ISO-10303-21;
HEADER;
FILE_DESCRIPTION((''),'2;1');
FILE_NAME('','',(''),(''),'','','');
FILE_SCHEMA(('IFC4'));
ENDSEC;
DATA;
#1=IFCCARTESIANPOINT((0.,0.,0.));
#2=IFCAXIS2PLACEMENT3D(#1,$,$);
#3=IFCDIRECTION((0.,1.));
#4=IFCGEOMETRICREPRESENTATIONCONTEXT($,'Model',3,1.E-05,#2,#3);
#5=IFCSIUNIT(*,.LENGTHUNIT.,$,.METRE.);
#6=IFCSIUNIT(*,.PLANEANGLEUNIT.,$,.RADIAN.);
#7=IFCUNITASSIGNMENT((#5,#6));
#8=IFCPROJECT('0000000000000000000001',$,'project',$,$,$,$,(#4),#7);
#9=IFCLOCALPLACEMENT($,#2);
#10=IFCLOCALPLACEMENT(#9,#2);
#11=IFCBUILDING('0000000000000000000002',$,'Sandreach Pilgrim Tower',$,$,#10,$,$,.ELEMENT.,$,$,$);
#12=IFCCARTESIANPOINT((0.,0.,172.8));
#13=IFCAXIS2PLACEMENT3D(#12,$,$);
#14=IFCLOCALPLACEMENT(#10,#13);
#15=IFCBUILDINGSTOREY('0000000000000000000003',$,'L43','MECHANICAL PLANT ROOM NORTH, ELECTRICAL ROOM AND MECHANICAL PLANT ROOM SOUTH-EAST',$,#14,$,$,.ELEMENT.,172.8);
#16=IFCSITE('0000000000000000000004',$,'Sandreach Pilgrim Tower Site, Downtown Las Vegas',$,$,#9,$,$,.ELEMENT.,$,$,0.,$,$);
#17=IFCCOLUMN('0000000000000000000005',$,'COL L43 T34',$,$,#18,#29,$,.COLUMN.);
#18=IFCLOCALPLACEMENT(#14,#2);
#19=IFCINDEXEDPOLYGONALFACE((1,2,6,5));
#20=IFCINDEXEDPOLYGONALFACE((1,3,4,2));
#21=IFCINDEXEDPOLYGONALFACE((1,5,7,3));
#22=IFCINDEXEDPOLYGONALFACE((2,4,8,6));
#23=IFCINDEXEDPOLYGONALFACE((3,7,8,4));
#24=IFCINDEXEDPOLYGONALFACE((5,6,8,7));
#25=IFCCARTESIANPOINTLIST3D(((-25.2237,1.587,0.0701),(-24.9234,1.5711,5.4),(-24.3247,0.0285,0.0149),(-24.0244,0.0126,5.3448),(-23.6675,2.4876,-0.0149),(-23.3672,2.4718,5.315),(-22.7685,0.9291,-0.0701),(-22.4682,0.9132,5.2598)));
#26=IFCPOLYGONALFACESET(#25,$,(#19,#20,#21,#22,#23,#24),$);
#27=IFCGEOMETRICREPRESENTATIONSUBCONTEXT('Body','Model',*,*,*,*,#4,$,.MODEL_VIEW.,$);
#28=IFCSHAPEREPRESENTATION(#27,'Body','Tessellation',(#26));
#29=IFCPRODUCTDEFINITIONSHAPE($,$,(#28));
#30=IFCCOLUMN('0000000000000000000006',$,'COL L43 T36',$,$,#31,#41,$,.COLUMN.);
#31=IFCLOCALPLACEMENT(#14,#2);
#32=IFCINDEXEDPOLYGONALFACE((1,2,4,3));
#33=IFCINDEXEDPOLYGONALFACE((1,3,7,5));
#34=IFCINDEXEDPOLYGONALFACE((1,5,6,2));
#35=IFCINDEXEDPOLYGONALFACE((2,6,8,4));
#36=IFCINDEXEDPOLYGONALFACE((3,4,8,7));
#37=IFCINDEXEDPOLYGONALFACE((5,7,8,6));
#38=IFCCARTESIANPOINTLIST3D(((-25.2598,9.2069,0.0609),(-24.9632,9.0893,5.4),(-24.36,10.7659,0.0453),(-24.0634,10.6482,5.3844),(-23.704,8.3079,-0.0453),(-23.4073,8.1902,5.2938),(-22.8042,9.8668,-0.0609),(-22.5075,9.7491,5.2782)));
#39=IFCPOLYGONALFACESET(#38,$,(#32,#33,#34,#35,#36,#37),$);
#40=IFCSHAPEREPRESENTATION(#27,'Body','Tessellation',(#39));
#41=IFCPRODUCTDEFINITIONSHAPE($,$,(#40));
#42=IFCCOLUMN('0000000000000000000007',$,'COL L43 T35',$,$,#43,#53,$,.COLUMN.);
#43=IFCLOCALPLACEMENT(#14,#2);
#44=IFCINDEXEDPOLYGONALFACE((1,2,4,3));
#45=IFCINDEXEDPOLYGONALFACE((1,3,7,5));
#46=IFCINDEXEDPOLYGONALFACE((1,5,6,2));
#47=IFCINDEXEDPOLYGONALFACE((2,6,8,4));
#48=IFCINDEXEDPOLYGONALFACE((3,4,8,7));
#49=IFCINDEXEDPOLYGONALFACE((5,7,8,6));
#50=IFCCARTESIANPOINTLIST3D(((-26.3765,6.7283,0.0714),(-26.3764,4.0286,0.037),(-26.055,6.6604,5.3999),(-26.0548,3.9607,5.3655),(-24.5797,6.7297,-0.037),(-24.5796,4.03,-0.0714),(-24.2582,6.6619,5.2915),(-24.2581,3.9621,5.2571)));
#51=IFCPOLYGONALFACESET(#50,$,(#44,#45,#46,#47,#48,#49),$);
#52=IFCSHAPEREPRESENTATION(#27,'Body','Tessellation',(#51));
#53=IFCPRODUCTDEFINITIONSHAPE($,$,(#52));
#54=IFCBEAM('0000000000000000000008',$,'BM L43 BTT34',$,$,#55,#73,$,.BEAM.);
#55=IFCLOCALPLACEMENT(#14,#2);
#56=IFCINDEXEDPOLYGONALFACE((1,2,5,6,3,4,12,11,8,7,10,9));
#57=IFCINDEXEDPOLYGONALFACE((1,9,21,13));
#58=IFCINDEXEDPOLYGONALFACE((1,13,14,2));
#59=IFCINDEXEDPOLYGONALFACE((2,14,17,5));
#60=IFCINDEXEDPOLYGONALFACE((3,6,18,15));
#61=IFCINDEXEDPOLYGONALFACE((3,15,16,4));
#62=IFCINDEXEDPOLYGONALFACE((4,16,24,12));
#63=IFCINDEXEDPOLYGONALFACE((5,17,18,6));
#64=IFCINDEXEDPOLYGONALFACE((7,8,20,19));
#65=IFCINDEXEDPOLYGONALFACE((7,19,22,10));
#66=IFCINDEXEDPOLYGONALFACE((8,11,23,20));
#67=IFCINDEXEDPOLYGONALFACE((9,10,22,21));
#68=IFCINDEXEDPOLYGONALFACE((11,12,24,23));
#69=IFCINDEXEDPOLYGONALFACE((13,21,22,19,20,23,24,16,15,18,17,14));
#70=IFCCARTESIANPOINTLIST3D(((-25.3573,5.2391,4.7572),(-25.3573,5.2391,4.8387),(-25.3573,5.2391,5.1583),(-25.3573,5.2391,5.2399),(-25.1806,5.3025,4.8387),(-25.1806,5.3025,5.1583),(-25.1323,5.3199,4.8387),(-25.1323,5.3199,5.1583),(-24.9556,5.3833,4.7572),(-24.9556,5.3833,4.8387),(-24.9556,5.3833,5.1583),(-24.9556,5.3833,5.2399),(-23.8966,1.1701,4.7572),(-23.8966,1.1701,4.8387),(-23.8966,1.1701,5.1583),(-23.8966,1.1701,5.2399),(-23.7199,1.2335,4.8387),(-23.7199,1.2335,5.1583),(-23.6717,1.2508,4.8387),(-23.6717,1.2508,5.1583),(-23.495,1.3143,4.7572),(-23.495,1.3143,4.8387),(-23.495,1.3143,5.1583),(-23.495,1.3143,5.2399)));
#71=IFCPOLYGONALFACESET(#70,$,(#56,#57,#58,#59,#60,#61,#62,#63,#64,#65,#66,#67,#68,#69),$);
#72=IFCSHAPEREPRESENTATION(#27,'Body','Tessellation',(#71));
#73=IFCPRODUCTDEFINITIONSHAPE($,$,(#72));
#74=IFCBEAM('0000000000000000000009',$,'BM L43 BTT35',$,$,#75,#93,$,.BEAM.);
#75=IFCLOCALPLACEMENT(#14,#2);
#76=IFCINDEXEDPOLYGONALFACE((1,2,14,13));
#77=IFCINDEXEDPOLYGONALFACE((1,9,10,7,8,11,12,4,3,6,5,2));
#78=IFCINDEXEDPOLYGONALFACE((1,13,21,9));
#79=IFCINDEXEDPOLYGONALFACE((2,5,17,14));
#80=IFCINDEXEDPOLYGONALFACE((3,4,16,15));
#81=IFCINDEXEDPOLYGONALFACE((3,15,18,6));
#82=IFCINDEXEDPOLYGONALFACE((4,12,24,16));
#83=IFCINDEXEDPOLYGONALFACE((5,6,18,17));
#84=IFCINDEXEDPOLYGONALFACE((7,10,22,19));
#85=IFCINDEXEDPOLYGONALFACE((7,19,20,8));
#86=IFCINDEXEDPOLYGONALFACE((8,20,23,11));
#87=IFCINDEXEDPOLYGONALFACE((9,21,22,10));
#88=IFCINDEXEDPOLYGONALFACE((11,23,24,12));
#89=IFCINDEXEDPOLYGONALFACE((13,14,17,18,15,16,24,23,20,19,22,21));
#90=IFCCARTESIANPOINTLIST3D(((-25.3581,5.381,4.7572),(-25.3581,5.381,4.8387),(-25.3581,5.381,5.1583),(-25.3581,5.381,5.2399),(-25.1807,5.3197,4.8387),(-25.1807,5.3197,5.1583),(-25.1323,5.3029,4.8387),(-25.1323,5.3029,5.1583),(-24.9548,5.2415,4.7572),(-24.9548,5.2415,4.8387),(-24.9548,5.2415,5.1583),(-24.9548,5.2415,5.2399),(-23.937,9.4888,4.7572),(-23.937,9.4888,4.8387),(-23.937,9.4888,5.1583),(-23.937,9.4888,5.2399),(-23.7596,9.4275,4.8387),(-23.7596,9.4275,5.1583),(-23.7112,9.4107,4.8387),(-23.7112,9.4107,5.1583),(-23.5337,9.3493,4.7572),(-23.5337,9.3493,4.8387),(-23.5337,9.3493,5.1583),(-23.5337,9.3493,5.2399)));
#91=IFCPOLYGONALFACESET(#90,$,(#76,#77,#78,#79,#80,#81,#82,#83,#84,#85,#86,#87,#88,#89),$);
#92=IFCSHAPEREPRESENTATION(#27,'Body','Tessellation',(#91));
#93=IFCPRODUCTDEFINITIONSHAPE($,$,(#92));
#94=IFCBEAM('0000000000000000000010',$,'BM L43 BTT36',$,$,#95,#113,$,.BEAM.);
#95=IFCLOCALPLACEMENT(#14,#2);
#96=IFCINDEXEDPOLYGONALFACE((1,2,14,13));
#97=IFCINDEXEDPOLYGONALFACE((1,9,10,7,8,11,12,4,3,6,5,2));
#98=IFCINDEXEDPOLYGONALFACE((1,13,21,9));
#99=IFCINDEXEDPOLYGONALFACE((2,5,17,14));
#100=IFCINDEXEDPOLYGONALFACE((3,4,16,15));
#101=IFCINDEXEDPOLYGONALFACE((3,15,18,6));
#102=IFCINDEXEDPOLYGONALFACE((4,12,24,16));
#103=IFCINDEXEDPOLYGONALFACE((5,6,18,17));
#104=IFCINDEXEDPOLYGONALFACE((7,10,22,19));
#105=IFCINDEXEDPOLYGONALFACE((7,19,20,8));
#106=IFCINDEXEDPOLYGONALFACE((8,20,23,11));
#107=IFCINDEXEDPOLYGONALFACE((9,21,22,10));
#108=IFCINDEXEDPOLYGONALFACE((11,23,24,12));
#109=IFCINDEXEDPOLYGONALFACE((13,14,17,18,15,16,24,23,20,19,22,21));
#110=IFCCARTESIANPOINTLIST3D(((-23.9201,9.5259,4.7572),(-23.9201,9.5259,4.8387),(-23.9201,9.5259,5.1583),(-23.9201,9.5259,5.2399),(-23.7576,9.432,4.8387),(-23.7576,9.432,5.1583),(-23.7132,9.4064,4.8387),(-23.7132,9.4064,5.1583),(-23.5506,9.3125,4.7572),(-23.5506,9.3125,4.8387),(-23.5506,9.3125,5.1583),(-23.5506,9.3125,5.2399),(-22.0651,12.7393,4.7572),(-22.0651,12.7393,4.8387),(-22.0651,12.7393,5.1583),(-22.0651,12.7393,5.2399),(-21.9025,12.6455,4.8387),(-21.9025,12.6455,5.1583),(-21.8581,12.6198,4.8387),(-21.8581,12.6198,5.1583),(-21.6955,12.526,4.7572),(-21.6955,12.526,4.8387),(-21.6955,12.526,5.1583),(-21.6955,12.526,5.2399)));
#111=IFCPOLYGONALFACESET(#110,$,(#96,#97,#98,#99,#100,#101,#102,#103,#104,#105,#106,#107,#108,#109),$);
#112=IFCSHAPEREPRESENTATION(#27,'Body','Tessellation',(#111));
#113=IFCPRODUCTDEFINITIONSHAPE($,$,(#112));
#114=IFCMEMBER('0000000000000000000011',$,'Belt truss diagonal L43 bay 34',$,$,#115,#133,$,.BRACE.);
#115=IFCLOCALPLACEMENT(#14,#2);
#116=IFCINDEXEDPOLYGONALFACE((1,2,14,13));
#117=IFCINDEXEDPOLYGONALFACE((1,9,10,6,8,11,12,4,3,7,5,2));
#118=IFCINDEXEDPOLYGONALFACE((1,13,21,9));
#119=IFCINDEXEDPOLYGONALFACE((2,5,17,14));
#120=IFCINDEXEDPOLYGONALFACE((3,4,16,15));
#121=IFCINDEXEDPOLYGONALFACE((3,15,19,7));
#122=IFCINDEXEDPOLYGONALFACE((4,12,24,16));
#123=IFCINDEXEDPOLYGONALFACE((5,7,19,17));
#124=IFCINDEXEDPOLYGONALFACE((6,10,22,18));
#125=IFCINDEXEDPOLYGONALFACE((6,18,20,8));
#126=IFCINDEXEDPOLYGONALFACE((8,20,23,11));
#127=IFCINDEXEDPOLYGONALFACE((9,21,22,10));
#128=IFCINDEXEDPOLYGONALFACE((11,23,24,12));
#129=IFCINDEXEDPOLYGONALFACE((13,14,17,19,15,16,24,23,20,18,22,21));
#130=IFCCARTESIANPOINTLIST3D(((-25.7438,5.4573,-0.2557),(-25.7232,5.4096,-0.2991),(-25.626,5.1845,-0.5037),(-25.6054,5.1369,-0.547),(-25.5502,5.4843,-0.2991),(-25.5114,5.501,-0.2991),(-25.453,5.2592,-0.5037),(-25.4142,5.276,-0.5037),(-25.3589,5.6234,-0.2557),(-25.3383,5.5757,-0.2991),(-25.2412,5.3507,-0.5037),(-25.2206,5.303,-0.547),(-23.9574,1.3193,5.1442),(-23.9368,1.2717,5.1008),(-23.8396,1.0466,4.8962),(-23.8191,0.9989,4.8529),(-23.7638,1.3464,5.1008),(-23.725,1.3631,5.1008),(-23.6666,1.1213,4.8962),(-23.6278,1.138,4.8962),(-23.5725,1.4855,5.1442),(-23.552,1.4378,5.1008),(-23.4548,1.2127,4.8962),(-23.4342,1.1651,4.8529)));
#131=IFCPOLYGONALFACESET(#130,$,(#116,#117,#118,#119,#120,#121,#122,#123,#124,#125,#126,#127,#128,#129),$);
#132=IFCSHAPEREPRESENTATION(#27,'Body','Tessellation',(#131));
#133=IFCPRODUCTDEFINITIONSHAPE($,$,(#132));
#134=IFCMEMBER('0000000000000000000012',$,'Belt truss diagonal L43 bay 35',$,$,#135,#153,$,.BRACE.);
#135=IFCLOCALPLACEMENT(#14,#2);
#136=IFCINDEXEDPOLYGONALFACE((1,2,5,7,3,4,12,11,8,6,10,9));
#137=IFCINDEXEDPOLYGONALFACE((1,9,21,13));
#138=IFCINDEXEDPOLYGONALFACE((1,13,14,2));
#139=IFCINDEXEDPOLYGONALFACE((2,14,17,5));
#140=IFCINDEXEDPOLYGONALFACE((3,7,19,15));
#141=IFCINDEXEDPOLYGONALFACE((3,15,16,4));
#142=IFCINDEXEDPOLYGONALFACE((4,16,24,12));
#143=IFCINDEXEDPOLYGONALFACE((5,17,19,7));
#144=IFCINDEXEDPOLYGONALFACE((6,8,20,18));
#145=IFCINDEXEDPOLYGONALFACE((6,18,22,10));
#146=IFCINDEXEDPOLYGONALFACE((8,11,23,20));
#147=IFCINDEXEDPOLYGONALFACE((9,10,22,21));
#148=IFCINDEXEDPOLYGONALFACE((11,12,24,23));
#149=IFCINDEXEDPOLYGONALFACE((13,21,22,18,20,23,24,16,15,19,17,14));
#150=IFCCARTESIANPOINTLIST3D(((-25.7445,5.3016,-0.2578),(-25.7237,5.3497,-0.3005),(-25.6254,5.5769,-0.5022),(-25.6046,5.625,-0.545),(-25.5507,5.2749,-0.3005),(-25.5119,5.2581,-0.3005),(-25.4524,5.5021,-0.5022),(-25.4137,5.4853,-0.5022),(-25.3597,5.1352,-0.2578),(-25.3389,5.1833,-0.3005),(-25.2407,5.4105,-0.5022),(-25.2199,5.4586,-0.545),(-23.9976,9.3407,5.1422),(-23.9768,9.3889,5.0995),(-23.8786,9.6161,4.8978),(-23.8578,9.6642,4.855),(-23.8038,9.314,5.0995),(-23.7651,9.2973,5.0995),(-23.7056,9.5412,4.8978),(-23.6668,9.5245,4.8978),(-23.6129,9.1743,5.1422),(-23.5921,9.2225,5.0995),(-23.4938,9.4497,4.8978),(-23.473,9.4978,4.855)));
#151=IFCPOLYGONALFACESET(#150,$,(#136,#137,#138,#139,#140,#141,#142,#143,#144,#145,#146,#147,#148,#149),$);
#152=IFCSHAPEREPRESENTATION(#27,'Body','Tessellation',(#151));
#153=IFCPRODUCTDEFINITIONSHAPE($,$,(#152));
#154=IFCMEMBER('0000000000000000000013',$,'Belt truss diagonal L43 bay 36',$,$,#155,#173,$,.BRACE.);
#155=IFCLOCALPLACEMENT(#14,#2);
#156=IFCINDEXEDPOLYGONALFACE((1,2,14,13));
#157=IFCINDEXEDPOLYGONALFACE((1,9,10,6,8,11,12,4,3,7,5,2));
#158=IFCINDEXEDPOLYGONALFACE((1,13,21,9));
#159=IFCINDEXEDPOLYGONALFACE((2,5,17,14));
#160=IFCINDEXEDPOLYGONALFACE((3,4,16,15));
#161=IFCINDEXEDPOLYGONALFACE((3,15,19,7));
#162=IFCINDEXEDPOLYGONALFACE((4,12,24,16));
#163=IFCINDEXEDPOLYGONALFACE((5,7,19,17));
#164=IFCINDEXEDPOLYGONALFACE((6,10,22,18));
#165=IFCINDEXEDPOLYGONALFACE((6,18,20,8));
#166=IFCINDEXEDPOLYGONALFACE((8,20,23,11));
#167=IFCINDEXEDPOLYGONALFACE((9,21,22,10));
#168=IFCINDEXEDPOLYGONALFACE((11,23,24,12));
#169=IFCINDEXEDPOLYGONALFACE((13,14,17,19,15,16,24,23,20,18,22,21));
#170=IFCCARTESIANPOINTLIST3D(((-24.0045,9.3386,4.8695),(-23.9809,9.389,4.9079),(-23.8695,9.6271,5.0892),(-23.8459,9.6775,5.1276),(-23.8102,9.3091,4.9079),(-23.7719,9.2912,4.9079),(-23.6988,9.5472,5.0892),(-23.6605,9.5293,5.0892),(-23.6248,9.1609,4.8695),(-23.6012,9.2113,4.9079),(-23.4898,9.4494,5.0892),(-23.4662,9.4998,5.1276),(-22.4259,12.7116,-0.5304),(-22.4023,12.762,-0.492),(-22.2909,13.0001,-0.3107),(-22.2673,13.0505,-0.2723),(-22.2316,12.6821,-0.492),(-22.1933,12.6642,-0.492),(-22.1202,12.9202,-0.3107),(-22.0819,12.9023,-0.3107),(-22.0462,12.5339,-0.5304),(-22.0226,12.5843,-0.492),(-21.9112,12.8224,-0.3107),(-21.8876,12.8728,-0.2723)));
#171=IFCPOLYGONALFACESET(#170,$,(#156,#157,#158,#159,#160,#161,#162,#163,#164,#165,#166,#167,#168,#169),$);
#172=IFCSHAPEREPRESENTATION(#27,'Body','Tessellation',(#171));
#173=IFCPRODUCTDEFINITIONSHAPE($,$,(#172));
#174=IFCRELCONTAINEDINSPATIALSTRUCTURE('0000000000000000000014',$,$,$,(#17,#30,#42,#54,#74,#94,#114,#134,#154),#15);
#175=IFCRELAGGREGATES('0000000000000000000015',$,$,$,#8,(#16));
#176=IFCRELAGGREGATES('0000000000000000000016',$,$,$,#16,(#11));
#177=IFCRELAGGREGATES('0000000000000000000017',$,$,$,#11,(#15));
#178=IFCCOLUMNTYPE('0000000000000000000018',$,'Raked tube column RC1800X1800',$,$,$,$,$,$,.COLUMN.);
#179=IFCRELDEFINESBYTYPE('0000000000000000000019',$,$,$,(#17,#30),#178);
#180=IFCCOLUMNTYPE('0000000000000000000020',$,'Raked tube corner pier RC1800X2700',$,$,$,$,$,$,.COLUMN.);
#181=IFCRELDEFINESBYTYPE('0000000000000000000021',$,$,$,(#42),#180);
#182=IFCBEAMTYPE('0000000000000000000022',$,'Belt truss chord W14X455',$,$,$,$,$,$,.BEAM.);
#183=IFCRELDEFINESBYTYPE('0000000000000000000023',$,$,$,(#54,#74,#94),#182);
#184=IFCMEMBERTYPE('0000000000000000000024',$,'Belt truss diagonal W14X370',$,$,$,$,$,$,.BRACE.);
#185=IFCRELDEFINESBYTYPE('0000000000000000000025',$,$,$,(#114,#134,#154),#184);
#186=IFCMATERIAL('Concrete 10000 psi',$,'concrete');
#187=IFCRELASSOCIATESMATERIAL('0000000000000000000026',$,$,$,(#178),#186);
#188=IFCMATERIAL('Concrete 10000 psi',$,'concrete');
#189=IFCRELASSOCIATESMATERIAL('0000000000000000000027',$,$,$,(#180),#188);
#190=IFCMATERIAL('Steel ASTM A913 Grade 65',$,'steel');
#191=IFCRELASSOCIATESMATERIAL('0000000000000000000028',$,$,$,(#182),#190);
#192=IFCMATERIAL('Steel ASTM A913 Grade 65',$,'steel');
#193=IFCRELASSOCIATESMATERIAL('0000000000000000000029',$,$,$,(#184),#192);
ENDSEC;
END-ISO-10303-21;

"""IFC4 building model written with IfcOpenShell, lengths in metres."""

from ifc_helpers import new_model, si_unit, direction, frame, origin, origin_2d, place, context, subcontext, project, spatial, rectangle, i_section, extrude, material, material_profile, profile_set, type_object, element, save


model = new_model("IFC4")

# Units and contexts
model_context = context("Model", 3, precision=1e-05, world=origin(), true_north=direction((0.0, 1.0)))
body_context = subcontext(model_context, "Body", "Model", "MODEL_VIEW")
ifc_project = project(units=[si_unit("LENGTHUNIT", "METRE"), si_unit("PLANEANGLEUNIT", "RADIAN")], contexts=[model_context])

# Site, building, storey
site_placement = place(None, origin())
site = spatial("IfcSite", under=ifc_project, at=site_placement, Name="Sandreach Pilgrim Tower Site, Downtown Las Vegas", CompositionType="ELEMENT", RefElevation=0.0)
building_placement = place(site_placement, origin())
building = spatial("IfcBuilding", under=site, at=building_placement, Name="Sandreach Pilgrim Tower", CompositionType="ELEMENT")
storey_placement = place(building_placement, frame((0.0, 0.0, 172.8)))
storey = spatial("IfcBuildingStorey", under=building, at=storey_placement, Name="L43", Description="MECHANICAL PLANT ROOM NORTH, ELECTRICAL ROOM AND MECHANICAL PLANT ROOM SOUTH-EAST", CompositionType="ELEMENT", Elevation=172.8)

# Columns
ifc_material_1 = material(Name="Concrete 10000 psi", Category="concrete")
ifc_material_profile_1 = material_profile(ifc_material_1, rectangle(XDim=1.8, YDim=1.8, at=origin_2d()), Name="RC1800X1800")
ifc_profile_set_1 = profile_set([ifc_material_profile_1], Name="Concrete 10000 psi")
column_type_1 = type_object("IfcColumnType", Name="Raked tube column RC1800X1800", PredefinedType="COLUMN", material=ifc_profile_set_1)
column_1_placement = place(storey_placement, frame((-23.9961, 1.2581, 0.0), z_axis=(0.056252, -0.002973, 0.998412), x_axis=(-0.864544, -0.500334, 0.04722)))
element("IfcColumn", 1, at=column_1_placement, inside=storey, type_object=column_type_1, Name="COL L43 T34", PredefinedType="COLUMN", context=body_context, shape_type="SweptSolid", body=[
    extrude(rectangle(XDim=1.8, YDim=1.8, at=origin_2d()), origin(), (0.0, 0.0, 1.0), 5.3384),
])
column_2_placement = place(storey_placement, frame((-24.032, 9.5369, 0.0), z_axis=(0.055459, -0.022001, 0.998219), x_axis=(-0.864318, 0.49947, 0.059028)))
element("IfcColumn", 2, at=column_2_placement, inside=storey, type_object=column_type_1, Name="COL L43 T36", PredefinedType="COLUMN", context=body_context, shape_type="SweptSolid", body=[
    extrude(rectangle(XDim=1.8, YDim=1.8, at=origin_2d()), origin(), (0.0, 0.0, 1.0), 5.3486),
])
ifc_material_2 = material(Name="Concrete 10000 psi", Category="concrete")
ifc_material_profile_2 = material_profile(ifc_material_2, rectangle(XDim=1.8, YDim=2.7, at=origin_2d()), Name="RC1800X2700")
ifc_profile_set_2 = profile_set([ifc_material_profile_2], Name="Concrete 10000 psi")
column_type_2 = type_object("IfcColumnType", Name="Raked tube corner pier RC1800X2700", PredefinedType="COLUMN", material=ifc_profile_set_2)
column_3_placement = place(storey_placement, frame((-25.478, 5.3792, 0.0), z_axis=(0.060226, -0.012713, 0.998104), x_axis=(-0.998185, -0.000812, 0.060221)))
element("IfcColumn", 3, at=column_3_placement, inside=storey, type_object=column_type_2, Name="COL L43 T35", PredefinedType="COLUMN", context=body_context, shape_type="SweptSolid", body=[
    extrude(rectangle(XDim=1.8, YDim=2.7, at=origin_2d()), origin(), (0.0, 0.0, 1.0), 5.3386),
])

# Beams
ifc_material_3 = material(Name="Steel ASTM A913 Grade 65", Category="steel")
ifc_material_profile_3 = material_profile(ifc_material_3, i_section(OverallWidth=0.4268, OverallDepth=0.4827, WebThickness=0.0513, FlangeThickness=0.0815, at=origin_2d()), Name="W14X455")
ifc_profile_set_3 = profile_set([ifc_material_profile_3], Name="Steel ASTM A913 Grade 65")
beam_type_1 = type_object("IfcBeamType", Name="Belt truss chord W14X455", PredefinedType="BEAM", material=ifc_profile_set_3)
beam_1_placement = place(storey_placement, frame((-23.6958, 1.2422, 4.9985), z_axis=(-0.337863, 0.941195, 0.0), x_axis=(-0.941195, -0.337863, 0.0)))
element("IfcBeam", 4, at=beam_1_placement, inside=storey, type_object=beam_type_1, Name="BM L43 BTT34", PredefinedType="BEAM", context=body_context, shape_type="SweptSolid", body=[
    extrude(i_section(OverallWidth=0.4268, OverallDepth=0.4827, WebThickness=0.0513, FlangeThickness=0.0815, at=origin_2d()), origin(), (0.0, 0.0, 1.0), 4.3232),
])
beam_2_placement = place(storey_placement, frame((-25.1565, 5.3113, 4.9985), z_axis=(0.326941, 0.945045, 0.0), x_axis=(-0.945045, 0.326941, 0.0)))
element("IfcBeam", 5, at=beam_2_placement, inside=storey, type_object=beam_type_1, Name="BM L43 BTT35", PredefinedType="BEAM", context=body_context, shape_type="SweptSolid", body=[
    extrude(i_section(OverallWidth=0.4268, OverallDepth=0.4827, WebThickness=0.0513, FlangeThickness=0.0815, at=origin_2d()), origin(), (0.0, 0.0, 1.0), 4.3467),
])
beam_3_placement = place(storey_placement, frame((-23.7354, 9.4192, 4.9985), z_axis=(0.499946, 0.866056, 0.0), x_axis=(-0.866056, 0.499946, 0.0)))
element("IfcBeam", 6, at=beam_3_placement, inside=storey, type_object=beam_type_1, Name="BM L43 BTT36", PredefinedType="BEAM", context=body_context, shape_type="SweptSolid", body=[
    extrude(i_section(OverallWidth=0.4268, OverallDepth=0.4827, WebThickness=0.0513, FlangeThickness=0.0815, at=origin_2d()), origin(), (0.0, 0.0, 1.0), 3.7104),
])

# Members
ifc_material_4 = material(Name="Steel ASTM A913 Grade 65", Category="steel")
ifc_material_profile_4 = material_profile(ifc_material_4, i_section(OverallWidth=0.4192, OverallDepth=0.4546, WebThickness=0.0422, FlangeThickness=0.0676, at=origin_2d()), Name="W14X370")
ifc_profile_set_4 = profile_set([ifc_material_profile_4], Name="Steel ASTM A913 Grade 65")
member_type_1 = type_object("IfcMemberType", Name="Belt truss diagonal W14X370", PredefinedType="BRACE", material=ifc_profile_set_4)
member_1_placement = place(storey_placement, frame((-23.6958, 1.2422, 4.9985), z_axis=(-0.253975, 0.588304, -0.767721), x_axis=(-0.9181, -0.39635, 0.0)))
element("IfcMember", 7, at=member_1_placement, inside=storey, type_object=member_type_1, Name="Belt truss diagonal L43 bay 34", PredefinedType="BRACE", context=body_context, shape_type="SweptSolid", body=[
    extrude(i_section(OverallWidth=0.4192, OverallDepth=0.4546, WebThickness=0.0422, FlangeThickness=0.0676, at=origin_2d()), origin(), (0.0, 0.0, 1.0), 7.0337),
])
member_2_placement = place(storey_placement, frame((-25.4822, 5.3801, -0.4014), z_axis=(0.250767, 0.57983, 0.775186), x_axis=(-0.91784, 0.39695, 0.0)))
element("IfcMember", 8, at=member_2_placement, inside=storey, type_object=member_type_1, Name="Belt truss diagonal L43 bay 35", PredefinedType="BRACE", context=body_context, shape_type="SweptSolid", body=[
    extrude(i_section(OverallWidth=0.4192, OverallDepth=0.4546, WebThickness=0.0422, FlangeThickness=0.0676, at=origin_2d()), origin(), (0.0, 0.0, 1.0), 6.9661),
])
member_3_placement = place(storey_placement, frame((-23.7354, 9.4192, 4.9985), z_axis=(0.240657, 0.514215, -0.823205), x_axis=(-0.905717, 0.423883, 0.0)))
element("IfcMember", 9, at=member_3_placement, inside=storey, type_object=member_type_1, Name="Belt truss diagonal L43 bay 36", PredefinedType="BRACE", context=body_context, shape_type="SweptSolid", body=[
    extrude(i_section(OverallWidth=0.4192, OverallDepth=0.4546, WebThickness=0.0422, FlangeThickness=0.0676, at=origin_2d()), origin(), (0.0, 0.0, 1.0), 6.5596),
])

save(model, "model.ifc")
